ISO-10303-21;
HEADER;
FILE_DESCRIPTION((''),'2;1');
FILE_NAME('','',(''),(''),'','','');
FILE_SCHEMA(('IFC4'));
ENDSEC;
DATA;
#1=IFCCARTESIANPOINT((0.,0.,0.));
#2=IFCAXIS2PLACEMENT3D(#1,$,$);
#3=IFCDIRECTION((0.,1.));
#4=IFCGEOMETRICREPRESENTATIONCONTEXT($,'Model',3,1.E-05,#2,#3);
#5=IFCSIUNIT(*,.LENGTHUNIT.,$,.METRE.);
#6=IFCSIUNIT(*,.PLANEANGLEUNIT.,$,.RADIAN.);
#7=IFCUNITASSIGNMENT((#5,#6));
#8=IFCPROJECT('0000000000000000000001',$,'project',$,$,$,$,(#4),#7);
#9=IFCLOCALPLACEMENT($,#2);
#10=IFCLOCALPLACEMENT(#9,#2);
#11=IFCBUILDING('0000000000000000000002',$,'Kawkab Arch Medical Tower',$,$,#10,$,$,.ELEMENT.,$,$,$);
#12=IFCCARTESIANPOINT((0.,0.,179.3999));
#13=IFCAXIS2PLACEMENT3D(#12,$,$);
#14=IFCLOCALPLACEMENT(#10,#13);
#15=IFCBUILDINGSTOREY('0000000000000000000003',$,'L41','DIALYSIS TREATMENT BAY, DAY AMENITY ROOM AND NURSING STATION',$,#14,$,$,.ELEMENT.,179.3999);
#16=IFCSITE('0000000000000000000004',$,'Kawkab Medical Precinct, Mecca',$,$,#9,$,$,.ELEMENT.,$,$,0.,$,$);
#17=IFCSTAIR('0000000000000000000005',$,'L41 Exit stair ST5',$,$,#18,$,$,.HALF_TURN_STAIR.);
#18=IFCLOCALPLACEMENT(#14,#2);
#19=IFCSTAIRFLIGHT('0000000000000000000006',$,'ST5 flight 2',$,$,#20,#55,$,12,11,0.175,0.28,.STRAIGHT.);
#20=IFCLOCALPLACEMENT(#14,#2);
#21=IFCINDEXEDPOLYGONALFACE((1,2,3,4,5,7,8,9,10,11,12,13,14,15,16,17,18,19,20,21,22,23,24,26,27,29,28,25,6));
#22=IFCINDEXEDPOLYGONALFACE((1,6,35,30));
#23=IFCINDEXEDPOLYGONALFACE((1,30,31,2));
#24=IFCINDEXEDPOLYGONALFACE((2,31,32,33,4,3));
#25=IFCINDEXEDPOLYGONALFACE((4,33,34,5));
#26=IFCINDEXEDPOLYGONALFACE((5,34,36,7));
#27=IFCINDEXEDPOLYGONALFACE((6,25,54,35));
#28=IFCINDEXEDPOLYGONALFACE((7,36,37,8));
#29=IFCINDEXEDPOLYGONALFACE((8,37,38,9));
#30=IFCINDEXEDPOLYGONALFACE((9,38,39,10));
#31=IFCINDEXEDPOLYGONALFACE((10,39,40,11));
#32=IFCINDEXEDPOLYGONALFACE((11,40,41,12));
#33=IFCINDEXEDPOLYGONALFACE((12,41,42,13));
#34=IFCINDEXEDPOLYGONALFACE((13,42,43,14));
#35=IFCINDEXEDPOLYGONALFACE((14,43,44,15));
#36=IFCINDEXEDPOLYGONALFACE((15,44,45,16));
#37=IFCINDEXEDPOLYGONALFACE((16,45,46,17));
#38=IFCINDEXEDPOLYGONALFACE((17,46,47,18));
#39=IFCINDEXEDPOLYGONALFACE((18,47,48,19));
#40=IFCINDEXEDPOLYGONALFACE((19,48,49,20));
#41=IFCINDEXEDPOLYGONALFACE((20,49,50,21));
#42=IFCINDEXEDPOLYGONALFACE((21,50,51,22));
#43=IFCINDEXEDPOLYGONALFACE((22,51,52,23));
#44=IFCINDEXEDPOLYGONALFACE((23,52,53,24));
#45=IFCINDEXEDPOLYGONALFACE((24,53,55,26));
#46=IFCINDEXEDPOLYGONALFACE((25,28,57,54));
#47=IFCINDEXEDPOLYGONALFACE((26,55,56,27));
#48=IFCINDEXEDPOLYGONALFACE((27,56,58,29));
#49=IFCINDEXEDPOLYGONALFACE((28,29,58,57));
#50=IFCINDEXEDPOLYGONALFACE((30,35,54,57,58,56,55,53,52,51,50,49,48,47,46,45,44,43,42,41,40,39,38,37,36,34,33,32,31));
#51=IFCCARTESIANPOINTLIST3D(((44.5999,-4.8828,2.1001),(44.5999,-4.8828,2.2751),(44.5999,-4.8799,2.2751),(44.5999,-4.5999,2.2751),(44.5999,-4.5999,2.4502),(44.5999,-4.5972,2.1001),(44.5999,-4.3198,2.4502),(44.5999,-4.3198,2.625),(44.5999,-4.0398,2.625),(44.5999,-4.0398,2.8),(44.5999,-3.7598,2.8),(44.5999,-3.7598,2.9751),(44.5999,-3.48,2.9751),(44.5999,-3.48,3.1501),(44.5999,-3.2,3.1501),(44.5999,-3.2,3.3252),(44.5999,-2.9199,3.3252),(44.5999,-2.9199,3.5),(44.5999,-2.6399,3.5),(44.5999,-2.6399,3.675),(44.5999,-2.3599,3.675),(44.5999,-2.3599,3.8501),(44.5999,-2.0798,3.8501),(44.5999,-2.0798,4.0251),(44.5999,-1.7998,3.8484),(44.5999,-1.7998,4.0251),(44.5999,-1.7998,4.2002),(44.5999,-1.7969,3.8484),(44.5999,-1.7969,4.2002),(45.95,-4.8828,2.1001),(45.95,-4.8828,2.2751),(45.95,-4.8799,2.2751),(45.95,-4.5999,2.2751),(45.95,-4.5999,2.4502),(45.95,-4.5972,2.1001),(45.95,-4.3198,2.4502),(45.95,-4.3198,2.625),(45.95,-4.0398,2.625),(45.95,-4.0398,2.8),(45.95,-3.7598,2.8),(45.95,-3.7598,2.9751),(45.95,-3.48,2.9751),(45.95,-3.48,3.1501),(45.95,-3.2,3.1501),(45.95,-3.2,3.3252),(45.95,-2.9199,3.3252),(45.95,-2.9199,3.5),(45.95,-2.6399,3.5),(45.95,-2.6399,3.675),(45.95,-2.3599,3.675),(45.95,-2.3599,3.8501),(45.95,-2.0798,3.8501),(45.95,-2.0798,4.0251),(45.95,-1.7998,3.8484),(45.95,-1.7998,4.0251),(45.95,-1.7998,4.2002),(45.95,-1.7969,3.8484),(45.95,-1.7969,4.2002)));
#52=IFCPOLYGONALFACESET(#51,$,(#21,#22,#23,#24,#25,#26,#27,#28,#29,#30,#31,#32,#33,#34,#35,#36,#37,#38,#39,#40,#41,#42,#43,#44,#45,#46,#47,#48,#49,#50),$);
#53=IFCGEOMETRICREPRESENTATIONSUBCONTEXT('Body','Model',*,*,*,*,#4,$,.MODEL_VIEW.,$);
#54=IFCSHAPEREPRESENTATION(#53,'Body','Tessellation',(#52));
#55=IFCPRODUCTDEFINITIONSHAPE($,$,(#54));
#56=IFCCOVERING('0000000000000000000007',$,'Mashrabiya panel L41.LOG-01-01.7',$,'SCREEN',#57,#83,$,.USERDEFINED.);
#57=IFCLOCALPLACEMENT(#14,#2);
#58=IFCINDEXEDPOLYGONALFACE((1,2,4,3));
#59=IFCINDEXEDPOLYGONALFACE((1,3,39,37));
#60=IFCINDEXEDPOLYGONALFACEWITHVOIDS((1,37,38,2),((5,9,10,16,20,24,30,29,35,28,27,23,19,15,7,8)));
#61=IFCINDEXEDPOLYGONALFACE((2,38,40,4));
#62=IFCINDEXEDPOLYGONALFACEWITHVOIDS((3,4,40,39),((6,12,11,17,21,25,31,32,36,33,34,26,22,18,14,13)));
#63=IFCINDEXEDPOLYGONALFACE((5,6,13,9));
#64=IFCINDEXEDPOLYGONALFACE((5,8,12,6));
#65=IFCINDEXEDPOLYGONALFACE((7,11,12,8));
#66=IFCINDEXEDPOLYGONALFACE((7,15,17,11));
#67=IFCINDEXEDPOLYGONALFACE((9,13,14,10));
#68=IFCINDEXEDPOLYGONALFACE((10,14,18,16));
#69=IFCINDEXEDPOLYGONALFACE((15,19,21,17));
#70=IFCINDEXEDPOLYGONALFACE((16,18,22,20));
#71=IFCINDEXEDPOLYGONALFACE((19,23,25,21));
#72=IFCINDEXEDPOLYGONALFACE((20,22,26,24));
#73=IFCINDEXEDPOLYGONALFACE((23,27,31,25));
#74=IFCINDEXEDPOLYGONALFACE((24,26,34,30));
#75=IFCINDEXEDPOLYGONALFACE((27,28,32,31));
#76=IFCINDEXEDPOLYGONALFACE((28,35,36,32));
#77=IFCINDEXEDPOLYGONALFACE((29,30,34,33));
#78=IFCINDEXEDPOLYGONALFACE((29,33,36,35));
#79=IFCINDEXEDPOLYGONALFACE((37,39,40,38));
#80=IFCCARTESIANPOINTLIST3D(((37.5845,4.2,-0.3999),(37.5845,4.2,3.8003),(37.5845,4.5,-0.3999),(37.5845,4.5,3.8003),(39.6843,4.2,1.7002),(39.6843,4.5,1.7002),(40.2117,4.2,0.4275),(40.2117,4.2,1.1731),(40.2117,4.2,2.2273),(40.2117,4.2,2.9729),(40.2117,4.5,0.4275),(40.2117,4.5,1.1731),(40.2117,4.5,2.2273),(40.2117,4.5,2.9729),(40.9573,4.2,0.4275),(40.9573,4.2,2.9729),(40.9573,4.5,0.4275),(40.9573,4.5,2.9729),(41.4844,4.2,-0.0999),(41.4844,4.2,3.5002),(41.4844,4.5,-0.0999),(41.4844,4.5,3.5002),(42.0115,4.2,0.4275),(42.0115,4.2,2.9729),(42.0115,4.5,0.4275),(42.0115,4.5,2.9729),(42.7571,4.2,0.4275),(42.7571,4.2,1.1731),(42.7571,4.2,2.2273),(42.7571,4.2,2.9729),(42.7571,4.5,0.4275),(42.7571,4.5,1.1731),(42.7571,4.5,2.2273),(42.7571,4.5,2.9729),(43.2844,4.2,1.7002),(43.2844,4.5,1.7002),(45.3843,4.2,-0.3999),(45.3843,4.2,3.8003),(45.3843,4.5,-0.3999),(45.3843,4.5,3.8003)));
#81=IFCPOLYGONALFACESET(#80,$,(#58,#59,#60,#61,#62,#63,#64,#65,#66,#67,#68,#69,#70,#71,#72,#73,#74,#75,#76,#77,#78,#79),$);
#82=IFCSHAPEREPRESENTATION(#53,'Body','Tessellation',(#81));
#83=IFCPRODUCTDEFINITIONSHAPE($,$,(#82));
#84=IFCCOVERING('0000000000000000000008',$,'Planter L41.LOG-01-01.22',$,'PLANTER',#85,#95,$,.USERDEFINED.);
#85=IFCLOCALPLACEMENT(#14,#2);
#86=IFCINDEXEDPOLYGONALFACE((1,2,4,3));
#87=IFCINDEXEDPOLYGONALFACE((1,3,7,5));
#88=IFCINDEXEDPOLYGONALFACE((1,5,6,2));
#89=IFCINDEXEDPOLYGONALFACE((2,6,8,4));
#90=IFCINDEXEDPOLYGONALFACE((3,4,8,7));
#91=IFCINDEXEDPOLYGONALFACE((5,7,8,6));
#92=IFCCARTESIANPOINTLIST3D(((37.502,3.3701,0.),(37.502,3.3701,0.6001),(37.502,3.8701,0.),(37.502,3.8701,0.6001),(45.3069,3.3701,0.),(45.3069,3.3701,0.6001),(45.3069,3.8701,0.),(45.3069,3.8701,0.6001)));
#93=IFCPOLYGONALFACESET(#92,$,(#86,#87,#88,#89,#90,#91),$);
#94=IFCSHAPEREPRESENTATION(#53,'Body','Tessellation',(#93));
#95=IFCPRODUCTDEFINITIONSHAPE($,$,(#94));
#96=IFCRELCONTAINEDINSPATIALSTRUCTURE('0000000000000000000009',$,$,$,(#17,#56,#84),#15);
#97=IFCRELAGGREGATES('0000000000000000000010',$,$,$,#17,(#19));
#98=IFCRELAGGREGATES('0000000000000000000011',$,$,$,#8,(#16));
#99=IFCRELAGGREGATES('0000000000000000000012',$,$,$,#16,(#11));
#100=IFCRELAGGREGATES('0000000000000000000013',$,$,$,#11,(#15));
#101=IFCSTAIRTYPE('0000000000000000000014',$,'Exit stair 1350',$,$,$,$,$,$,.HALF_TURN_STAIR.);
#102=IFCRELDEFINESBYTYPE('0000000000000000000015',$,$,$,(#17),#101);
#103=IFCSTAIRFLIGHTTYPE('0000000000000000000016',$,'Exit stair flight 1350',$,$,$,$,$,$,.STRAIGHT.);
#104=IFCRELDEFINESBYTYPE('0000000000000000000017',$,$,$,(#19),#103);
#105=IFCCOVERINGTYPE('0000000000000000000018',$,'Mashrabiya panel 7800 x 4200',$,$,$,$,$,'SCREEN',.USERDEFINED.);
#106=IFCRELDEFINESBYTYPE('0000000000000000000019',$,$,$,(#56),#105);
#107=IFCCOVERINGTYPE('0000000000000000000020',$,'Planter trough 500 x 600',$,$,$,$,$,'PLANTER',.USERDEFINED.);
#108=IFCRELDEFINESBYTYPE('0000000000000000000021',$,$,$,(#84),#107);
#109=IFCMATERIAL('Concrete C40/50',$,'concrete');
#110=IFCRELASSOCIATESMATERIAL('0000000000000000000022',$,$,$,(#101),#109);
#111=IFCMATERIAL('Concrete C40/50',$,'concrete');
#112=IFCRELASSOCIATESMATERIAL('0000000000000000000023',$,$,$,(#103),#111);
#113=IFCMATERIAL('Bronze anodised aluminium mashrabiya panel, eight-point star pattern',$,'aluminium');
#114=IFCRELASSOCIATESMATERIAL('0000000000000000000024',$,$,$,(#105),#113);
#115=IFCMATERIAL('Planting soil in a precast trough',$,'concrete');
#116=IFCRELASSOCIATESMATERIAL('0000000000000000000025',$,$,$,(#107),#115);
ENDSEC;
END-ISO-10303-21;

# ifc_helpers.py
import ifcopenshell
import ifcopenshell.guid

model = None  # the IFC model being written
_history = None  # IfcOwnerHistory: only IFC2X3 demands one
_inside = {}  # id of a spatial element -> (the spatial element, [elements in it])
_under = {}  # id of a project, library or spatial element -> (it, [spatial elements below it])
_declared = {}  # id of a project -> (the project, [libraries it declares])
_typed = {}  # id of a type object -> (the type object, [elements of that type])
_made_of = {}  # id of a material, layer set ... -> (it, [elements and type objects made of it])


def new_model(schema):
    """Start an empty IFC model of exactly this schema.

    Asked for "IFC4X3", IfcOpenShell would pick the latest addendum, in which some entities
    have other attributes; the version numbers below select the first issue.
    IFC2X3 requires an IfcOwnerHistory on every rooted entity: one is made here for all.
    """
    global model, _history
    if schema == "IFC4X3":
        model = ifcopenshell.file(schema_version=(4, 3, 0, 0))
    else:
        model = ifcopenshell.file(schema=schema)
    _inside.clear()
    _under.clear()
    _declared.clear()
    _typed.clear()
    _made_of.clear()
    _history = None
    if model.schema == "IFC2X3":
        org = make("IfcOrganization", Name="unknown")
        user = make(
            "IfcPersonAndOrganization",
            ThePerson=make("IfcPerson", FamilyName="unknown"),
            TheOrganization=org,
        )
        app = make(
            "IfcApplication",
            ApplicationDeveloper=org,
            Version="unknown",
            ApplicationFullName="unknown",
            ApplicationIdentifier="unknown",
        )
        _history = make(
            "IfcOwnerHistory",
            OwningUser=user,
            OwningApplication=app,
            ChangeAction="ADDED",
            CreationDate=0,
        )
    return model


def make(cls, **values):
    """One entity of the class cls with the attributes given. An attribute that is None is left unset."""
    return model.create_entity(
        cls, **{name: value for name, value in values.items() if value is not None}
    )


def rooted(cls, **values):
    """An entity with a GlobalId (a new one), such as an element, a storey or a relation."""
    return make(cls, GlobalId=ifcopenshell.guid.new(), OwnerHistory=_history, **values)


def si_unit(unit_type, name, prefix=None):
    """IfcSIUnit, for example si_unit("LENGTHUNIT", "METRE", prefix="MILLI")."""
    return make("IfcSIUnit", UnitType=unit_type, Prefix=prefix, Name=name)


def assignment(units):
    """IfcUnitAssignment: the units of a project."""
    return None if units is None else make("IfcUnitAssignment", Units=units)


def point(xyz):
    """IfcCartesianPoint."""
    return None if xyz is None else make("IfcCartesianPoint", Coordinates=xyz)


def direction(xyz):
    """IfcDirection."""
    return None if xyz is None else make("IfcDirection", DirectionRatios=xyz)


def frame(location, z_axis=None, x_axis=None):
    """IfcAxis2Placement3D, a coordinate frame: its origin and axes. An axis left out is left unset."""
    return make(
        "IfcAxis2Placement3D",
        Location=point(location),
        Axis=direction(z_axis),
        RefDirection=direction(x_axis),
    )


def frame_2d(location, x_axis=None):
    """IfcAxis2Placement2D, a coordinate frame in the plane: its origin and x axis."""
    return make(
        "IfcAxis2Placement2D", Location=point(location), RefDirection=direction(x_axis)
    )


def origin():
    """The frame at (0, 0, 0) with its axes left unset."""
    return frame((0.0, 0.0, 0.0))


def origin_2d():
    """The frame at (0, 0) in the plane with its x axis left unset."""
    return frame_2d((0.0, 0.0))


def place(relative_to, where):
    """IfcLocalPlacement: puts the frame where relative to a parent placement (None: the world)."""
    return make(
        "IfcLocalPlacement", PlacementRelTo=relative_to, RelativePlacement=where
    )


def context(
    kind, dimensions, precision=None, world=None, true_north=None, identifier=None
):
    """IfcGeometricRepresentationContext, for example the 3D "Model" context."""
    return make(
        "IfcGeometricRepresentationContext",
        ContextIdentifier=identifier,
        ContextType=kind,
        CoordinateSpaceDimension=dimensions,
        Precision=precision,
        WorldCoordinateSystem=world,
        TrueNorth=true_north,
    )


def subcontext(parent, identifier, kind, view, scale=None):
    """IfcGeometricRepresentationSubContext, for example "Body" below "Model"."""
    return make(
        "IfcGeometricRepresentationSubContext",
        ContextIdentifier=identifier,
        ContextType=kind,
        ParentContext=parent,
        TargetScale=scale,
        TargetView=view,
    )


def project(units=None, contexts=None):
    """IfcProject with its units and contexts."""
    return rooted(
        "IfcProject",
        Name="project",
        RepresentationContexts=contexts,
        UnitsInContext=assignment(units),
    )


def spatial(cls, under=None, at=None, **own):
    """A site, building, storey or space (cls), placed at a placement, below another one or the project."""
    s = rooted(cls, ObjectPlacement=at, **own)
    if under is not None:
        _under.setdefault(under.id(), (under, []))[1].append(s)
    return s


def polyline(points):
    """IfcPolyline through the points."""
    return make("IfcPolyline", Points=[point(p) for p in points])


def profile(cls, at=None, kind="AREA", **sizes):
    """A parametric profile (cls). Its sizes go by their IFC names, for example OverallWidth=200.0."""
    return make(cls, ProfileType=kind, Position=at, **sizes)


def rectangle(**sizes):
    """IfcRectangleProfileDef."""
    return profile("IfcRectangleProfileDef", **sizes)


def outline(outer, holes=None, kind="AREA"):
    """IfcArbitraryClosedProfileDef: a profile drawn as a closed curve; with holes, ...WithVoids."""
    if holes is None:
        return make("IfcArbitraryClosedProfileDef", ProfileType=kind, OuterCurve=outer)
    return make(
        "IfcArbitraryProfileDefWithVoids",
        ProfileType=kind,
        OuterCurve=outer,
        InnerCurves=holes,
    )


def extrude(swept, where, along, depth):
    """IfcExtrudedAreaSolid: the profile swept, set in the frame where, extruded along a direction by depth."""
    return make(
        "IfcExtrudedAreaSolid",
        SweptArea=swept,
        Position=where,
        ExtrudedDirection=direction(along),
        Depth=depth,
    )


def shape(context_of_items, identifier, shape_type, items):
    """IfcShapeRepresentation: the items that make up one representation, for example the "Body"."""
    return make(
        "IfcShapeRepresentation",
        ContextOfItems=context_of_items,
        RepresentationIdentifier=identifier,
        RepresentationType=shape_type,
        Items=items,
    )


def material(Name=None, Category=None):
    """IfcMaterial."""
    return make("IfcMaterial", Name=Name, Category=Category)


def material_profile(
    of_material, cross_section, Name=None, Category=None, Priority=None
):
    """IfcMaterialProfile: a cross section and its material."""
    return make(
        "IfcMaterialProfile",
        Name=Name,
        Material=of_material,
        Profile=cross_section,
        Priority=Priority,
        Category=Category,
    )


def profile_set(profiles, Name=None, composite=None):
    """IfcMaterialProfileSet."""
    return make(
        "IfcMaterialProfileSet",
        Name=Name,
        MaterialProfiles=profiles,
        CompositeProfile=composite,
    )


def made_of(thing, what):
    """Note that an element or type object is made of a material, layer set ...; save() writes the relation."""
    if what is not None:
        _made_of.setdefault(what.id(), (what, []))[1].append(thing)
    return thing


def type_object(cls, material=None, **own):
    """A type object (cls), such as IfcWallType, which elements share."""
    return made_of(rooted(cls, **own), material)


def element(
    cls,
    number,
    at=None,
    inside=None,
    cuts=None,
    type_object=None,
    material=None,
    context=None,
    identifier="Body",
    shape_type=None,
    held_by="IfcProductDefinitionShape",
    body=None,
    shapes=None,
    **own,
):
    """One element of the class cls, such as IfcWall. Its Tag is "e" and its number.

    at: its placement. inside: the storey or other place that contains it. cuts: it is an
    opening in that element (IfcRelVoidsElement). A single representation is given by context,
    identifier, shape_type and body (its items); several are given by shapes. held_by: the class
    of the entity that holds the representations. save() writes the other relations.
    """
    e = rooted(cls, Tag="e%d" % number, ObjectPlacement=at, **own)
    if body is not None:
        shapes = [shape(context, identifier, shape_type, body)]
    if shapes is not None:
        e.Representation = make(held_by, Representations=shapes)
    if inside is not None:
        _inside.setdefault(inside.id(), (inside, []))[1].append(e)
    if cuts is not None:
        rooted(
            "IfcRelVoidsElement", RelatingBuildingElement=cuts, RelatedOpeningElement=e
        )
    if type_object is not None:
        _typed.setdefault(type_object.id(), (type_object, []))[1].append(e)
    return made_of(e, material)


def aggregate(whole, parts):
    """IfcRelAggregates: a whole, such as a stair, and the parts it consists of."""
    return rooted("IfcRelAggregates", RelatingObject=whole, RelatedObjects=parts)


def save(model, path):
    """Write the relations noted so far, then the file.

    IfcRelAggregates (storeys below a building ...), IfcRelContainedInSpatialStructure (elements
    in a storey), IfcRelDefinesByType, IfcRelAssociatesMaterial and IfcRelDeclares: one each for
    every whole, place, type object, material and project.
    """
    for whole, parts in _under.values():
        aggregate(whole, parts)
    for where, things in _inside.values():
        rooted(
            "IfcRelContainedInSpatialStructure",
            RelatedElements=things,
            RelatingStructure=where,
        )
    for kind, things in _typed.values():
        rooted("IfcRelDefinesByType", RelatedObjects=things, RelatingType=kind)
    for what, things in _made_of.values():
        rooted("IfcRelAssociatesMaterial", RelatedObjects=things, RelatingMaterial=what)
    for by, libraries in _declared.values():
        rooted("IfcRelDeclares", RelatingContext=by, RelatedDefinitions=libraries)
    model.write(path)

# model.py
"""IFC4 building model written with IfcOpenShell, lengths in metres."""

from ifc_helpers import new_model, si_unit, direction, frame, origin, origin_2d, place, context, subcontext, project, spatial, polyline, rectangle, outline, extrude, material, material_profile, profile_set, type_object, element, aggregate, save


model = new_model("IFC4")

# Units and contexts
model_context = context("Model", 3, precision=1e-05, world=origin(), true_north=direction((0.0, 1.0)))
body_context = subcontext(model_context, "Body", "Model", "MODEL_VIEW")
ifc_project = project(units=[si_unit("LENGTHUNIT", "METRE"), si_unit("PLANEANGLEUNIT", "RADIAN")], contexts=[model_context])

# Site, building, storey
site_placement = place(None, origin())
site = spatial("IfcSite", under=ifc_project, at=site_placement, Name="Kawkab Medical Precinct, Mecca", CompositionType="ELEMENT", RefElevation=0.0)
building_placement = place(site_placement, origin())
building = spatial("IfcBuilding", under=site, at=building_placement, Name="Kawkab Arch Medical Tower", CompositionType="ELEMENT")
storey_placement = place(building_placement, frame((0.0, 0.0, 179.3999)))
storey = spatial("IfcBuildingStorey", under=building, at=storey_placement, Name="L41", Description="DIALYSIS TREATMENT BAY, DAY AMENITY ROOM AND NURSING STATION", CompositionType="ELEMENT", Elevation=179.3999)

# Shared definitions
placement = place(storey_placement, origin())

# Stair, stair flight
ifc_material_1 = material(Name="Concrete C40/50", Category="concrete")
stair_type = type_object("IfcStairType", Name="Exit stair 1350", PredefinedType="HALF_TURN_STAIR", material=ifc_material_1)
stair = element("IfcStair", 1, at=placement, inside=storey, type_object=stair_type, Name="L41 Exit stair ST5", PredefinedType="HALF_TURN_STAIR")
ifc_material_2 = material(Name="Concrete C40/50", Category="concrete")
stair_flight_type = type_object("IfcStairFlightType", Name="Exit stair flight 1350", PredefinedType="STRAIGHT", material=ifc_material_2)
stair_flight_1_placement = place(storey_placement, frame((45.2749, -4.8799, 2.1001), z_axis=(0.0, 0.0, 1.0), x_axis=(0.0, 1.0, 0.0)))
stair_flight_1 = element("IfcStairFlight", 2, at=stair_flight_1_placement, type_object=stair_flight_type, Name="ST5 flight 2", NumberOfRisers=12, NumberOfTreads=11, PredefinedType="STRAIGHT", RiserHeight=0.175, TreadLength=0.28, context=body_context, shape_type="SweptSolid", body=[
    extrude(outline(polyline([(-0.0029, 0.0), (-0.0029, 0.175), (0.0, 0.175), (0.28, 0.175), (0.28, 0.3501), (0.5601, 0.3501), (0.5601, 0.5249), (0.8401, 0.5249), (0.8401, 0.7), (1.1201, 0.7), (1.1201, 0.875), (1.3999, 0.875), (1.3999, 1.05), (1.6799, 1.05), (1.6799, 1.2251), (1.96, 1.2251), (1.96, 1.3999), (2.24, 1.3999), (2.24, 1.575), (2.52, 1.575), (2.52, 1.75), (2.8, 1.75), (2.8, 1.925), (3.0801, 1.925), (3.0801, 2.1001), (3.083, 2.1001), (3.083, 1.7483), (3.0801, 1.7483), (0.2827, 0.0), (-0.0029, 0.0)])), frame((0.0, 0.675, 0.0), z_axis=(0.0, -1.0, 0.0), x_axis=(1.0, 0.0, 0.0)), (0.0, 0.0, 1.0), 1.3501),
])
aggregate(stair, [stair_flight_1])

# Coverings
ifc_material_3 = material(Name="Bronze anodised aluminium mashrabiya panel, eight-point star pattern", Category="aluminium")
ifc_material_profile_1 = material_profile(ifc_material_3, outline(polyline([(-3.8999, -2.1001), (3.8999, -2.1001), (3.8999, 2.1001), (-3.8999, 2.1001), (-3.8999, -2.1001)]), holes=[polyline([(1.8, 0.0), (1.2727, 0.5271), (1.2727, 1.2727), (0.5271, 1.2727), (0.0, 1.8), (-0.5271, 1.2727), (-1.2727, 1.2727), (-1.2727, 0.5271), (-1.8, 0.0), (-1.2727, -0.5271), (-1.2727, -1.2727), (-0.5271, -1.2727), (0.0, -1.8), (0.5271, -1.2727), (1.2727, -1.2727), (1.2727, -0.5271), (1.8, 0.0)])]), Name="Mashrabiya panel 7800x4200")
ifc_profile_set_1 = profile_set([ifc_material_profile_1], Name="Bronze anodised aluminium mashrabiya panel, eight-point star pattern")
covering_type_1 = type_object("IfcCoveringType", Name="Mashrabiya panel 7800 x 4200", ElementType="SCREEN", PredefinedType="USERDEFINED", material=ifc_profile_set_1)
covering_1_placement = place(storey_placement, frame((41.4844, 4.2, 1.7002), z_axis=(0.0, 1.0, 0.0), x_axis=(-1.0, 0.0, 0.0)))
element("IfcCovering", 3, at=covering_1_placement, inside=storey, type_object=covering_type_1, Name="Mashrabiya panel L41.LOG-01-01.7", ObjectType="SCREEN", PredefinedType="USERDEFINED", context=body_context, shape_type="SweptSolid", body=[
    extrude(outline(polyline([(-3.8999, -2.1001), (3.8999, -2.1001), (3.8999, 2.1001), (-3.8999, 2.1001), (-3.8999, -2.1001)]), holes=[polyline([(1.8, 0.0), (1.2727, 0.5271), (1.2727, 1.2727), (0.5271, 1.2727), (0.0, 1.8), (-0.5271, 1.2727), (-1.2727, 1.2727), (-1.2727, 0.5271), (-1.8, 0.0), (-1.2727, -0.5271), (-1.2727, -1.2727), (-0.5271, -1.2727), (0.0, -1.8), (0.5271, -1.2727), (1.2727, -1.2727), (1.2727, -0.5271), (1.8, 0.0)])]), origin(), (0.0, 0.0, 1.0), 0.3),
])
ifc_material_4 = material(Name="Planting soil in a precast trough", Category="concrete")
ifc_material_profile_2 = material_profile(ifc_material_4, rectangle(XDim=0.5, YDim=0.6001, at=origin_2d()), Name="Trough 500x600")
ifc_profile_set_2 = profile_set([ifc_material_profile_2], Name="Planting soil in a precast trough")
covering_type_2 = type_object("IfcCoveringType", Name="Planter trough 500 x 600", ElementType="PLANTER", PredefinedType="USERDEFINED", material=ifc_profile_set_2)
covering_2_placement = place(storey_placement, frame((37.502, 3.6201, 0.3), z_axis=(1.0, 0.0, 0.0), x_axis=(0.0, 1.0, 0.0)))
element("IfcCovering", 4, at=covering_2_placement, inside=storey, type_object=covering_type_2, Name="Planter L41.LOG-01-01.22", ObjectType="PLANTER", PredefinedType="USERDEFINED", context=body_context, shape_type="SweptSolid", body=[
    extrude(rectangle(XDim=0.5, YDim=0.6001, at=origin_2d()), origin(), (0.0, 0.0, 1.0), 7.8049),
])

save(model, "model.ifc")
